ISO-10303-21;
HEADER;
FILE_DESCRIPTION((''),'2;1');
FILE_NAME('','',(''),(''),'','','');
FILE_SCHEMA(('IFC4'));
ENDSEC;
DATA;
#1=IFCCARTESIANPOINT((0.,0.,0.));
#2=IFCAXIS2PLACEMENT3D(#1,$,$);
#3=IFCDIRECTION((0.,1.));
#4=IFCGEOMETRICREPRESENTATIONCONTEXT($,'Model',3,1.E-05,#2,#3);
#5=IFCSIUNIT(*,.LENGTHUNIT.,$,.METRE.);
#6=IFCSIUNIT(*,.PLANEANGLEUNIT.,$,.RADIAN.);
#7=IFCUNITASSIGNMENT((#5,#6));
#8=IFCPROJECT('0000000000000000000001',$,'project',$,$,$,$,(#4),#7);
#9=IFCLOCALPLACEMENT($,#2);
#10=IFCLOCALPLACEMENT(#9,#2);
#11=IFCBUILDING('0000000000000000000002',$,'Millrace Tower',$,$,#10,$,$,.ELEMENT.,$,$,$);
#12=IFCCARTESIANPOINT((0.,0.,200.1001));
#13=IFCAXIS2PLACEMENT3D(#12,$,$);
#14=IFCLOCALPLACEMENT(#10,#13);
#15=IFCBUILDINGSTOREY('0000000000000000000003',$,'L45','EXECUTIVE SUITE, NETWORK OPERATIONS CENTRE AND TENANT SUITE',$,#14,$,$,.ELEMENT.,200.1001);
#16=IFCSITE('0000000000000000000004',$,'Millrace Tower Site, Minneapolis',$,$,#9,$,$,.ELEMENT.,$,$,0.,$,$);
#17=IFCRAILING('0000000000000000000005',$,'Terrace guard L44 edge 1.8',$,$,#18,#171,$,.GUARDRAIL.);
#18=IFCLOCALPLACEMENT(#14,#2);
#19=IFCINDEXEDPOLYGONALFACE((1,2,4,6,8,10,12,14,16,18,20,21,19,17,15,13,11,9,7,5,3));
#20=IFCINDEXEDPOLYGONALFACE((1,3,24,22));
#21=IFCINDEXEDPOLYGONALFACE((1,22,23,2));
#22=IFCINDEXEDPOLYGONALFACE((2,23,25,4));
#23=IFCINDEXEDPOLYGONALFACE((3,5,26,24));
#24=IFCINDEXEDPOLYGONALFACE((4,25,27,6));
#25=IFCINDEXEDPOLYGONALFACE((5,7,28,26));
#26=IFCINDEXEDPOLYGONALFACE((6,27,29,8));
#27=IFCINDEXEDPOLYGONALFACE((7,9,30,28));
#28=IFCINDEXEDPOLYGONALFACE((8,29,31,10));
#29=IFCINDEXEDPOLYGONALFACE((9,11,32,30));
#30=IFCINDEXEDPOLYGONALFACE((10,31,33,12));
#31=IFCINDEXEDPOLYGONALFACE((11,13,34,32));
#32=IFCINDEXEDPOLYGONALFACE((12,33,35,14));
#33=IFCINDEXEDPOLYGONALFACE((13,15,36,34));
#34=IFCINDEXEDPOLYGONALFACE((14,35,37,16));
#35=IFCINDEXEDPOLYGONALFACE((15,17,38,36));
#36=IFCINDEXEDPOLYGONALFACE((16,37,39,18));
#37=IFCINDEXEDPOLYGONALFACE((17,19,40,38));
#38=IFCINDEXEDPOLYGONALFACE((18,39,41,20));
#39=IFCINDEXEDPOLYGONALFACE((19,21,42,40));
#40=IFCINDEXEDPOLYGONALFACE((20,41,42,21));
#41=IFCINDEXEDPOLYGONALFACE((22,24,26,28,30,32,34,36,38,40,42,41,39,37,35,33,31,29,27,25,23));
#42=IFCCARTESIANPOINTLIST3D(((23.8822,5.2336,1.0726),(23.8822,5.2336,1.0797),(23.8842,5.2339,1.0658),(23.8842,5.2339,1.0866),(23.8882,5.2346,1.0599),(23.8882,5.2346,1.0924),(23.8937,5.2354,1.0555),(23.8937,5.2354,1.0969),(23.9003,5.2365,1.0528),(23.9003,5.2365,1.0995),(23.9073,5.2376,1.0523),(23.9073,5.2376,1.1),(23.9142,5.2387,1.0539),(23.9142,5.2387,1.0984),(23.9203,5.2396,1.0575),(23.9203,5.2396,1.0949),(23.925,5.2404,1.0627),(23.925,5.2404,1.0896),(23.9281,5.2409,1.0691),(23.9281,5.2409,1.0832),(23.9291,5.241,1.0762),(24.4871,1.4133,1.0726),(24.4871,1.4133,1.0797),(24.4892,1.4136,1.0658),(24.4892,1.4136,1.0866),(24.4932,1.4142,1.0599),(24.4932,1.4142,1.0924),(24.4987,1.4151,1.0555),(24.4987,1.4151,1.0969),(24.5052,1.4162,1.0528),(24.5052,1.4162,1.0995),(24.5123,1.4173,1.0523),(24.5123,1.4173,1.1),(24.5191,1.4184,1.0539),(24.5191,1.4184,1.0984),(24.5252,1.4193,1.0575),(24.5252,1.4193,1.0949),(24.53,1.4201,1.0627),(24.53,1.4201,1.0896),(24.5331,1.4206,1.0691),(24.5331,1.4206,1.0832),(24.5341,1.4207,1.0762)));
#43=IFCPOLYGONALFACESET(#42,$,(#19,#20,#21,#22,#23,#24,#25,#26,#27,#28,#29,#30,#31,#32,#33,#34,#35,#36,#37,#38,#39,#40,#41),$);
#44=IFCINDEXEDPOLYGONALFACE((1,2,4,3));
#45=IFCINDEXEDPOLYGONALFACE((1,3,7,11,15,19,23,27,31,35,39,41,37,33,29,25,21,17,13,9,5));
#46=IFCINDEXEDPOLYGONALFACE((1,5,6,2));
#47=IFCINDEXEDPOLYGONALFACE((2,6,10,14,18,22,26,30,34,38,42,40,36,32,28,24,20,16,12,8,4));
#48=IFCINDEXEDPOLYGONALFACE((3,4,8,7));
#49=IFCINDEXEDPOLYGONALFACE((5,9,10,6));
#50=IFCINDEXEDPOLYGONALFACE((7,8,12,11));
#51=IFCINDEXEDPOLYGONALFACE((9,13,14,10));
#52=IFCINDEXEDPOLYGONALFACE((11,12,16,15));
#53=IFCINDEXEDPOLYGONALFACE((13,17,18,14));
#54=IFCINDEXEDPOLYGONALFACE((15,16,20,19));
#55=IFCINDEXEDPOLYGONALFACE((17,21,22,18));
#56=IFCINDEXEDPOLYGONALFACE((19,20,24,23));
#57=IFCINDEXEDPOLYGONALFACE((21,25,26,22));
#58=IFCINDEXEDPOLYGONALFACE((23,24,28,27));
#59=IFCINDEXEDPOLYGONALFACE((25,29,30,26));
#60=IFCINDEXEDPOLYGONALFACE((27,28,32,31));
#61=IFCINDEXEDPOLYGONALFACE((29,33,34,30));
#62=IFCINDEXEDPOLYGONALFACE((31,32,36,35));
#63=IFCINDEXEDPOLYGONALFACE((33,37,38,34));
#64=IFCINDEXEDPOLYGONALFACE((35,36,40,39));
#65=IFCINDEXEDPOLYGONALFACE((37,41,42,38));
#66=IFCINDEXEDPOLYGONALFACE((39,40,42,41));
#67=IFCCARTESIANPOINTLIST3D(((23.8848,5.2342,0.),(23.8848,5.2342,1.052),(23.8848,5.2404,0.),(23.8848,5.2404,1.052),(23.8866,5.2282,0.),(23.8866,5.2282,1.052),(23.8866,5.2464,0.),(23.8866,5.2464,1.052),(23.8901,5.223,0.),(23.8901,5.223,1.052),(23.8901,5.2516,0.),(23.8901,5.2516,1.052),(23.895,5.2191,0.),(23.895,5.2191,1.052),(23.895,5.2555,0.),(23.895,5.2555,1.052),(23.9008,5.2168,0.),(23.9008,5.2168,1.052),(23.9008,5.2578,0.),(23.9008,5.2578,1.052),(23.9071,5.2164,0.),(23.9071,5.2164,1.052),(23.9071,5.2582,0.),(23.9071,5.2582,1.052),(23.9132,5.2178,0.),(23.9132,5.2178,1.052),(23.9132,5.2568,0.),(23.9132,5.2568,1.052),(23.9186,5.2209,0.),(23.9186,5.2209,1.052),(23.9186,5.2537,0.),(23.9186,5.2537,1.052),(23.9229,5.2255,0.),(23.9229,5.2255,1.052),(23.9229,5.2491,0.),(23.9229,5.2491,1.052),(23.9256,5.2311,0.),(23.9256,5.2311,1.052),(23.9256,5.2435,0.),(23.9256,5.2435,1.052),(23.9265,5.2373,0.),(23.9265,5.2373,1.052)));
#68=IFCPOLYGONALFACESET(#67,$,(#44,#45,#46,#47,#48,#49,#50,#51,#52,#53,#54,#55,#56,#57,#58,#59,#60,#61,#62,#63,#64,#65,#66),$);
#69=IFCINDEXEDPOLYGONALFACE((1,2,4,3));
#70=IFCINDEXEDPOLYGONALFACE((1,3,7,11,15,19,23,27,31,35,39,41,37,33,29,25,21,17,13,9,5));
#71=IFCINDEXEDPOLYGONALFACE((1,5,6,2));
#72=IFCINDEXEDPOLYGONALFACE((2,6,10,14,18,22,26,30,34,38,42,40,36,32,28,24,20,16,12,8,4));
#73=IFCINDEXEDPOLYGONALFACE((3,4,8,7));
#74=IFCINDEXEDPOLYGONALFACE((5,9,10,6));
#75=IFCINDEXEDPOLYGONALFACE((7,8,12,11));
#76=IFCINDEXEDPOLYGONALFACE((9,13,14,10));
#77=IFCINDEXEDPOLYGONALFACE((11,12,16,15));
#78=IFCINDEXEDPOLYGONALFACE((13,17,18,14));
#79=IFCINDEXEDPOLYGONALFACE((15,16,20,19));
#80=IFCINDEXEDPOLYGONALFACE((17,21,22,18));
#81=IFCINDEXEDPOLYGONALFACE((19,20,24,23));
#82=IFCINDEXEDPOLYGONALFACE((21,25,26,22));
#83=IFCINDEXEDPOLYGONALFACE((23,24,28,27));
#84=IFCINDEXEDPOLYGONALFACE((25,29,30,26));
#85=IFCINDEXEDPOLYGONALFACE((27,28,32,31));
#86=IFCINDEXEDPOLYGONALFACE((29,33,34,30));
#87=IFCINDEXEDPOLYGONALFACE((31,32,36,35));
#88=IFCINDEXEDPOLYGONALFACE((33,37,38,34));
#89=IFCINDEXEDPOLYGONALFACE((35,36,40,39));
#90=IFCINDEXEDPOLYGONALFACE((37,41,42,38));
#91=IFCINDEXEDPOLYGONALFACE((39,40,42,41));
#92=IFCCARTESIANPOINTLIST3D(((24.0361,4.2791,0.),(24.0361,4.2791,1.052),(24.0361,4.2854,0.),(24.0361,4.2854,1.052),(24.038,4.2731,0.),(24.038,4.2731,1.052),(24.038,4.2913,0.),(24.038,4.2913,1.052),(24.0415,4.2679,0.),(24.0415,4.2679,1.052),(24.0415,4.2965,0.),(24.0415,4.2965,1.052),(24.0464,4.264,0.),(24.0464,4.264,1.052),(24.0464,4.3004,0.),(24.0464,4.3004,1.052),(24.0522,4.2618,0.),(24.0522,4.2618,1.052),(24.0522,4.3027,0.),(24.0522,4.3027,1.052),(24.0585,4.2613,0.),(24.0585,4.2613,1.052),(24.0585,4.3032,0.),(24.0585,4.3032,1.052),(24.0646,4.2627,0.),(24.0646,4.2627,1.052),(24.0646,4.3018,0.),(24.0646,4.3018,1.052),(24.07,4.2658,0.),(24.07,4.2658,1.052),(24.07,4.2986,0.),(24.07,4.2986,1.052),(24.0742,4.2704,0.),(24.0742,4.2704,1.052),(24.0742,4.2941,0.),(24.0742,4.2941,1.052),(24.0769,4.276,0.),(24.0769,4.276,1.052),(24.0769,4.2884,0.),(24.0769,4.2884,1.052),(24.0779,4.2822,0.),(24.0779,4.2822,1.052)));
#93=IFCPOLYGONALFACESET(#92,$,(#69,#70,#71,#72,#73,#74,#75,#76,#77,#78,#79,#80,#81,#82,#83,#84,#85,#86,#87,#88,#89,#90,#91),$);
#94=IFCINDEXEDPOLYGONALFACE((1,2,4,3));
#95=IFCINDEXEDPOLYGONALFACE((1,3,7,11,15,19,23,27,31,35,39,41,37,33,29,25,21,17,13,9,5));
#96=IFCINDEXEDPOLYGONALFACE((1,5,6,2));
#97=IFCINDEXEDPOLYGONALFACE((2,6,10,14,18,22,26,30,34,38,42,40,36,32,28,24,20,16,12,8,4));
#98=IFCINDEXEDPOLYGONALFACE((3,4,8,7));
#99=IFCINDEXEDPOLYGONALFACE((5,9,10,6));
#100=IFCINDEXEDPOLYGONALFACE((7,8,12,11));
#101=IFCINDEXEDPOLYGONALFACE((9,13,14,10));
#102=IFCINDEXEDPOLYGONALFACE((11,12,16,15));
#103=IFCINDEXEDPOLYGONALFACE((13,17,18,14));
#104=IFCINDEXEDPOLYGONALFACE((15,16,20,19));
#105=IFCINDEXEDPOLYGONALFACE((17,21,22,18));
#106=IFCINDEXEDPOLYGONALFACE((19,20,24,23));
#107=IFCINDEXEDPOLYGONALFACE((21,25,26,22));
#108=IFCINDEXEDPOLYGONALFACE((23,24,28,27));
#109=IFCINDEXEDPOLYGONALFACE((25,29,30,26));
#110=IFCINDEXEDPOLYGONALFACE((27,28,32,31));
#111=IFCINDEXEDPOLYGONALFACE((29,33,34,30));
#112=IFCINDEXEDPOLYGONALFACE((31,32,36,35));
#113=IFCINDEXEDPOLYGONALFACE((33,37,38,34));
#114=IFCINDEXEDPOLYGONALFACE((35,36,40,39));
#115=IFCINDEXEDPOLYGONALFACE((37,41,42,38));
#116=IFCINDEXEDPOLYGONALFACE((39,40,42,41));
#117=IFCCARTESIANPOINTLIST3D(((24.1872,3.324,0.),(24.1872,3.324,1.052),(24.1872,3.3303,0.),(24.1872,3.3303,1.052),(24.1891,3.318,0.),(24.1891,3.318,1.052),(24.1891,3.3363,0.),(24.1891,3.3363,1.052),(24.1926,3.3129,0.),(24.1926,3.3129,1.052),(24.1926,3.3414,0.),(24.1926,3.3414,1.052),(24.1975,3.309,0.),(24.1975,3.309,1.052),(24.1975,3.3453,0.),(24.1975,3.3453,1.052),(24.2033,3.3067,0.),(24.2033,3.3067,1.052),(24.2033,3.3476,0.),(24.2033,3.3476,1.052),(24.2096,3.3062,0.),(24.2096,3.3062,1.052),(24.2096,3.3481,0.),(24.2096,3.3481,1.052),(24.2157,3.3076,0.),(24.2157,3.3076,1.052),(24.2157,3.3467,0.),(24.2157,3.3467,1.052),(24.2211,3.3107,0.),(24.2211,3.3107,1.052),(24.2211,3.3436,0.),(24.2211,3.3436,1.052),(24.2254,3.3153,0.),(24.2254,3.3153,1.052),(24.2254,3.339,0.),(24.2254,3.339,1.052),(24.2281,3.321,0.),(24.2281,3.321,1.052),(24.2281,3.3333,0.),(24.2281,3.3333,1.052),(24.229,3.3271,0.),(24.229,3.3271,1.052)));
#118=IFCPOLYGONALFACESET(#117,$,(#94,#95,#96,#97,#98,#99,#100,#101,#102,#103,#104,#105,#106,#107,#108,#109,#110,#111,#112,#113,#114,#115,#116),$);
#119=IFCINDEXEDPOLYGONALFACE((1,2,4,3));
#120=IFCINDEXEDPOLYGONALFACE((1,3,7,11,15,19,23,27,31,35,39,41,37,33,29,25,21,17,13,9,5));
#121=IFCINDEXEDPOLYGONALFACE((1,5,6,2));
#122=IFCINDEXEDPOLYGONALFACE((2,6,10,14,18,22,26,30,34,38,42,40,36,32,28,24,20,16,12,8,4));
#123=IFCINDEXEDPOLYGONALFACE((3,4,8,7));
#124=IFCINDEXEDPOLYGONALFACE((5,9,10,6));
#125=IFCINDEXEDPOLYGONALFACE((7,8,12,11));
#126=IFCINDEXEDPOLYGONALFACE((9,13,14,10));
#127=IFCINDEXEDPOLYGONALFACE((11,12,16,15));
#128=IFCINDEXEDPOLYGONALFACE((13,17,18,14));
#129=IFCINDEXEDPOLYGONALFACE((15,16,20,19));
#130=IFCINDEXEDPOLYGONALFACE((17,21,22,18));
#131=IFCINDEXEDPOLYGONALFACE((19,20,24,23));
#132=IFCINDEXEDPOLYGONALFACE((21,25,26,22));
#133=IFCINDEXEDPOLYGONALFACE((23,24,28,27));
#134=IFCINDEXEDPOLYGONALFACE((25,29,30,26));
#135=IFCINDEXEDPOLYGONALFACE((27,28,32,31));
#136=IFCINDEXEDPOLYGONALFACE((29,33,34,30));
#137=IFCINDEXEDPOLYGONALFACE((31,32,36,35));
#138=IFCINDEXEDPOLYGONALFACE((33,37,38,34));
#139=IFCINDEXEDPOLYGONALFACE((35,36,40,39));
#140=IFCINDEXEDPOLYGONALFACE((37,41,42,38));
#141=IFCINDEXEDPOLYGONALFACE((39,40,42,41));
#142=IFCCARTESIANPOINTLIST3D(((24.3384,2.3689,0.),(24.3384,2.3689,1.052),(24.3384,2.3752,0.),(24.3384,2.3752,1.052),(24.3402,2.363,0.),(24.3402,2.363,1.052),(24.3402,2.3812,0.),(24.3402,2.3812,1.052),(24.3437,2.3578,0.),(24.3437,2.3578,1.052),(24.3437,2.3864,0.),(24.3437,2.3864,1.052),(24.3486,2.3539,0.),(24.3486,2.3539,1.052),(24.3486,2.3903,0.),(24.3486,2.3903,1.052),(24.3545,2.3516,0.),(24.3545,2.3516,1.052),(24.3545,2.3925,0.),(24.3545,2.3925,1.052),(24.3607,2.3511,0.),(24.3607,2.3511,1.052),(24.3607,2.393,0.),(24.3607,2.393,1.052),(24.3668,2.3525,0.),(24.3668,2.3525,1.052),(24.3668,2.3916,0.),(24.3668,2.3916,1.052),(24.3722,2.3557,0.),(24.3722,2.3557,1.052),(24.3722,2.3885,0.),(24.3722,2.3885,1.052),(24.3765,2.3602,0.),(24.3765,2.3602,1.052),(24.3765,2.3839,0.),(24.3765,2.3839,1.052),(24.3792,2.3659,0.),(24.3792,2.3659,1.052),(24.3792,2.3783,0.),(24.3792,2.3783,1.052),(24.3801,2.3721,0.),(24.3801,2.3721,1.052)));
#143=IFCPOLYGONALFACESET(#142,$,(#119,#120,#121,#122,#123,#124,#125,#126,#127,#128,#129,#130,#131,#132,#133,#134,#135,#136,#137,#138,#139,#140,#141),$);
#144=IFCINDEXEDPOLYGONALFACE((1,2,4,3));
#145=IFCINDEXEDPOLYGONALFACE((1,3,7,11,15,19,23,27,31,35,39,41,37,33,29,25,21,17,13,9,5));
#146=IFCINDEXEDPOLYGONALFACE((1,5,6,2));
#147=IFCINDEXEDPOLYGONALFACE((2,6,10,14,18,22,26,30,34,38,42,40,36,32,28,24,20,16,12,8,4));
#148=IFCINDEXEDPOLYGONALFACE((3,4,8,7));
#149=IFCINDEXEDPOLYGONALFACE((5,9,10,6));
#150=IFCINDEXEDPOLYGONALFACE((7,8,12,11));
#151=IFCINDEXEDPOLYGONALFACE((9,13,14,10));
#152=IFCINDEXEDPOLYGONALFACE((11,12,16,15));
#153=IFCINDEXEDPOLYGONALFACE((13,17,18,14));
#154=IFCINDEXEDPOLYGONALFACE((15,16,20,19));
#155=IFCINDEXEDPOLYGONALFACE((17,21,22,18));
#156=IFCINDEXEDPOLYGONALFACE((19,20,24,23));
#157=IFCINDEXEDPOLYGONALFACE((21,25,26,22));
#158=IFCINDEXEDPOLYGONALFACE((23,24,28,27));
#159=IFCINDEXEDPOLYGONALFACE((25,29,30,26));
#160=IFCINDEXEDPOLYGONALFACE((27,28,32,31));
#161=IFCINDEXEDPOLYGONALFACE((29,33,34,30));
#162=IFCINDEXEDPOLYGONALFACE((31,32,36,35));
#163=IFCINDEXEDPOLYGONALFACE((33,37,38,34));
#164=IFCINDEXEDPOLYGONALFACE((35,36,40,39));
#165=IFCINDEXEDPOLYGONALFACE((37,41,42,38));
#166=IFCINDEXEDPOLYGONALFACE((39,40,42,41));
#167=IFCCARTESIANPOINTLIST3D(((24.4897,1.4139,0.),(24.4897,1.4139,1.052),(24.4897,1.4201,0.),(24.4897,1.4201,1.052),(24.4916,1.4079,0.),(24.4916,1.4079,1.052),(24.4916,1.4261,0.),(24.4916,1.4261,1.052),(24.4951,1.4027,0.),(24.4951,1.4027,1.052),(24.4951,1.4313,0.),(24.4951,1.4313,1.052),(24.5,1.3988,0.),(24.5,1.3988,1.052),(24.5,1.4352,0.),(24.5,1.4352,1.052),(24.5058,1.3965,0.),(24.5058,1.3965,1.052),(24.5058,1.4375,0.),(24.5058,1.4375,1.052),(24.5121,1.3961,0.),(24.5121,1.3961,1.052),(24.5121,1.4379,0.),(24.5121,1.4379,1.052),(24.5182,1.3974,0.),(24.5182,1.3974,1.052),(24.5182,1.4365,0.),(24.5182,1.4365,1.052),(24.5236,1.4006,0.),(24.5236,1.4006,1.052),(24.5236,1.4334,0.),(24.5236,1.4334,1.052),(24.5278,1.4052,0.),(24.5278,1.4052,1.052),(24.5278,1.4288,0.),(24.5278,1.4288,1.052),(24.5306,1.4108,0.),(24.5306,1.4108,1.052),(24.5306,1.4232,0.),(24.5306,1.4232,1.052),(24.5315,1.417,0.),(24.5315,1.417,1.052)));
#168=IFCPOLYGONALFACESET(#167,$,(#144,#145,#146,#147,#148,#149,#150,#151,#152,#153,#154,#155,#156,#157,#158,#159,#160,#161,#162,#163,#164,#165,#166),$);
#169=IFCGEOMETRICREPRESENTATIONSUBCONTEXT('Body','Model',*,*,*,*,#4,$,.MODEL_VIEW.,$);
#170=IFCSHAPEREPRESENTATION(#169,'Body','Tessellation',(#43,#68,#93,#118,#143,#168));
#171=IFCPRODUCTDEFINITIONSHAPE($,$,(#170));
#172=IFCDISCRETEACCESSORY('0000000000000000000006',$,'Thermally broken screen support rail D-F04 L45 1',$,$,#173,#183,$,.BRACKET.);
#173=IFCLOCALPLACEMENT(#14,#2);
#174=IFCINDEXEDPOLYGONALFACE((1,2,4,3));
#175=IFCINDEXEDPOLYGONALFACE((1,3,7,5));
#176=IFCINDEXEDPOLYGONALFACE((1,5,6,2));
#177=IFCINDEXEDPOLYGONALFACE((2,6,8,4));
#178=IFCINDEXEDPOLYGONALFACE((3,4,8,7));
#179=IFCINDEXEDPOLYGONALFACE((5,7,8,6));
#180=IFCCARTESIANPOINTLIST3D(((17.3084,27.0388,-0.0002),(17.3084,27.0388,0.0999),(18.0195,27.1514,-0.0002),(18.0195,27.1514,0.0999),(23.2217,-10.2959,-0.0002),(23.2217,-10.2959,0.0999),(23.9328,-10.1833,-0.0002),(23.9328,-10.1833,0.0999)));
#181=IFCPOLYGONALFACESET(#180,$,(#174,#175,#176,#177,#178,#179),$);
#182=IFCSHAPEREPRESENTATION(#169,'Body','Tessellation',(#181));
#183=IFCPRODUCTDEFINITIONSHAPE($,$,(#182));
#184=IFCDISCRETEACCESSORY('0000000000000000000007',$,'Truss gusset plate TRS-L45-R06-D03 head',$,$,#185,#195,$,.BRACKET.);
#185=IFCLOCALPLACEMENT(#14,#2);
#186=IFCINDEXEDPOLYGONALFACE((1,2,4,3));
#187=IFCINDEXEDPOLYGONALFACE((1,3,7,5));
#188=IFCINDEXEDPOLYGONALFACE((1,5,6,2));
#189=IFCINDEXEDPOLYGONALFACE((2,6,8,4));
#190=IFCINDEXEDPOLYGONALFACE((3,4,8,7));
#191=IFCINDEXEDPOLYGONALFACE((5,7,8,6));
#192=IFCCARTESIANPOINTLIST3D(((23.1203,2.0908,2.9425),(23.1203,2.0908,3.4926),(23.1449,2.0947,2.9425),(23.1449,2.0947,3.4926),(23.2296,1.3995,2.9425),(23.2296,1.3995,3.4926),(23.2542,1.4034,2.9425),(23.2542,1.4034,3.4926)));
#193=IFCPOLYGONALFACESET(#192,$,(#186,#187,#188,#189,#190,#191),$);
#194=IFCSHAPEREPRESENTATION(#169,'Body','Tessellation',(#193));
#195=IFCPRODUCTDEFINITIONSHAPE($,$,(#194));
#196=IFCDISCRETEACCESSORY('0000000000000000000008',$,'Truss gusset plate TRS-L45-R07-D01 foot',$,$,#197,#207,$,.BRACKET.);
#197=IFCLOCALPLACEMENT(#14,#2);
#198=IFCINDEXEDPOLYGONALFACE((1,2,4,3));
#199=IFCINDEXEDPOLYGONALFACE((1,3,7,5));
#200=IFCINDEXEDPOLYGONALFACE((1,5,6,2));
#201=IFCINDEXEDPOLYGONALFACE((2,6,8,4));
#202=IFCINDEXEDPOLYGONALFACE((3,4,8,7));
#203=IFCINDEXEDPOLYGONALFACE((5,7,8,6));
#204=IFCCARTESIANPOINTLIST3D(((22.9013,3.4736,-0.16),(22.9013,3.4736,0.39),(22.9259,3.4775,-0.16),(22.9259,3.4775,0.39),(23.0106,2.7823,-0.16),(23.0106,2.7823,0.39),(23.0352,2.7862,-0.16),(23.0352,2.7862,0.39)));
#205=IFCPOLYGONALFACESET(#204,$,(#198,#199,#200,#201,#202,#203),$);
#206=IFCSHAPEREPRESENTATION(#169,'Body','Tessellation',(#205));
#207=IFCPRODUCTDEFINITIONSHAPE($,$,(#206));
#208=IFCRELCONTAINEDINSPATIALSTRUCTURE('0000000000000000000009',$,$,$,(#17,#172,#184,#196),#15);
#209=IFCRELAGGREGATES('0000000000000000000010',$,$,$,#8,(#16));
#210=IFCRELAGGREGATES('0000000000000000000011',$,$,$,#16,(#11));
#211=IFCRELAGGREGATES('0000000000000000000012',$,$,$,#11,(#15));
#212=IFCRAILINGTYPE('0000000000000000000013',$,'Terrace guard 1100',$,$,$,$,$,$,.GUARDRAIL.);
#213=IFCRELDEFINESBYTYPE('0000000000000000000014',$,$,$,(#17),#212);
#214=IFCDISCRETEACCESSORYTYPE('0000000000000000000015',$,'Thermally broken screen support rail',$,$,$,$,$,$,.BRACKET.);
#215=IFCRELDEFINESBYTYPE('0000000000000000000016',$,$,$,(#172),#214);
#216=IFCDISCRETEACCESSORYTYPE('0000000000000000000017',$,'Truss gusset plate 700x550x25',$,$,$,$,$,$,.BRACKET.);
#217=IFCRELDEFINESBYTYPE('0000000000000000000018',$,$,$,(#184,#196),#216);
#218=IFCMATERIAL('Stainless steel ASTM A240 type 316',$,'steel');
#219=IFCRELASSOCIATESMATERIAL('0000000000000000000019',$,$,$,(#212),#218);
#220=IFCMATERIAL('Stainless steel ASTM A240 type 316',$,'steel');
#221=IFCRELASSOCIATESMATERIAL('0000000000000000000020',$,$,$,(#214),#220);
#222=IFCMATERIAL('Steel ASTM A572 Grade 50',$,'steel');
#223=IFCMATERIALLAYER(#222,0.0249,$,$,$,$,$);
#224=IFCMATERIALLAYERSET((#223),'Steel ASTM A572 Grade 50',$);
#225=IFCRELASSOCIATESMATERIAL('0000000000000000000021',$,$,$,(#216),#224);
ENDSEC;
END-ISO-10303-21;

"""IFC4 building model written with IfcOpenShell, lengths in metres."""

from ifc_helpers import new_model, si_unit, direction, frame, origin, origin_2d, place, context, subcontext, project, spatial, rectangle, circle, extrude, material, layer, layer_set, type_object, element, save


model = new_model("IFC4")

# Units and contexts
model_context = context("Model", 3, precision=1e-05, world=origin(), true_north=direction((0.0, 1.0)))
body_context = subcontext(model_context, "Body", "Model", "MODEL_VIEW")
ifc_project = project(units=[si_unit("LENGTHUNIT", "METRE"), si_unit("PLANEANGLEUNIT", "RADIAN")], contexts=[model_context])

# Site, building, storey
site_placement = place(None, origin())
site = spatial("IfcSite", under=ifc_project, at=site_placement, Name="Millrace Tower Site, Minneapolis", CompositionType="ELEMENT", RefElevation=0.0)
building_placement = place(site_placement, origin())
building = spatial("IfcBuilding", under=site, at=building_placement, Name="Millrace Tower", CompositionType="ELEMENT")
storey_placement = place(building_placement, frame((0.0, 0.0, 200.1001)))
storey = spatial("IfcBuildingStorey", under=building, at=storey_placement, Name="L45", Description="EXECUTIVE SUITE, NETWORK OPERATIONS CENTRE AND TENANT SUITE", CompositionType="ELEMENT", Elevation=200.1001)

# Railing
ifc_material_1 = material(Name="Stainless steel ASTM A240 type 316", Category="steel")
railing_type = type_object("IfcRailingType", Name="Terrace guard 1100", PredefinedType="GUARDRAIL", material=ifc_material_1)
for number, where, name in (
    (1, (23.9055, 5.2373, 0.0), "Terrace guard L44 edge 1.8"),
):
    element("IfcRailing", number, at=place(storey_placement, frame(where)), inside=storey, type_object=railing_type, Name=name, PredefinedType="GUARDRAIL", context=body_context, shape_type="SweptSolid", body=[
        extrude(circle(Radius=0.0239, at=origin_2d()), frame((0.0, 0.0, 1.0762), z_axis=(0.15641, -0.987692, 0.0), x_axis=(0.987692, 0.15641, 0.0)), (0.0, 0.0, 1.0), 3.8679),
        extrude(circle(Radius=0.021, at=origin_2d()), origin(), (0.0, 0.0, 1.0), 1.052),
        extrude(circle(Radius=0.021, at=origin_2d()), frame((0.1514, -0.9551, 0.0)), (0.0, 0.0, 1.0), 1.052),
        extrude(circle(Radius=0.021, at=origin_2d()), frame((0.3025, -1.9102, 0.0)), (0.0, 0.0, 1.0), 1.052),
        extrude(circle(Radius=0.021, at=origin_2d()), frame((0.4536, -2.8652, 0.0)), (0.0, 0.0, 1.0), 1.052),
        extrude(circle(Radius=0.021, at=origin_2d()), frame((0.605, -3.8203, 0.0)), (0.0, 0.0, 1.0), 1.052),
    ])

# Discrete accessories
ifc_material_2 = material(Name="Stainless steel ASTM A240 type 316", Category="steel")
discrete_accessory_type_1 = type_object("IfcDiscreteAccessoryType", Name="Thermally broken screen support rail", PredefinedType="BRACKET", material=ifc_material_2)
discrete_accessory_1_placement = place(storey_placement, frame((20.6206, 8.4277, -0.0002), z_axis=(0.0, 0.0, 1.0), x_axis=(-0.156434, 0.987688, 0.0)))
element("IfcDiscreteAccessory", 2, at=discrete_accessory_1_placement, inside=storey, type_object=discrete_accessory_type_1, Name="Thermally broken screen support rail D-F04 L45 1", PredefinedType="BRACKET", context=body_context, shape_type="SweptSolid", body=[
    extrude(rectangle(XDim=37.8, YDim=0.72, at=origin_2d()), origin(), (0.0, 0.0, 1.0), 0.1001),
])
ifc_material_3 = material(Name="Steel ASTM A572 Grade 50", Category="steel")
ifc_layer_1 = layer(ifc_material_3, 0.0249)
ifc_layer_set_1 = layer_set([ifc_layer_1], Name="Steel ASTM A572 Grade 50")
discrete_accessory_type_2 = type_object("IfcDiscreteAccessoryType", Name="Truss gusset plate 700x550x25", PredefinedType="BRACKET", material=ifc_layer_set_1)
for number, where, z_axis, x_axis, name in (
    (3, (23.1326, 2.0928, 3.2175), (0.156249, -0.987718, 0.0), (0.987718, 0.156249, 0.0), "Truss gusset plate TRS-L45-R06-D03 head"),
    (4, (22.9136, 3.4756, 0.115), (0.156249, -0.987718, 0.0), (0.987718, 0.156249, 0.0), "Truss gusset plate TRS-L45-R07-D01 foot"),
):
    element("IfcDiscreteAccessory", number, at=place(storey_placement, frame(where, z_axis=z_axis, x_axis=x_axis)), inside=storey, type_object=discrete_accessory_type_2, Name=name, PredefinedType="BRACKET", context=body_context, shape_type="SweptSolid", body=[
        extrude(rectangle(XDim=0.0249, YDim=0.55, at=origin_2d()), origin(), (0.0, 0.0, 1.0), 0.7),
    ])

save(model, "model.ifc")
